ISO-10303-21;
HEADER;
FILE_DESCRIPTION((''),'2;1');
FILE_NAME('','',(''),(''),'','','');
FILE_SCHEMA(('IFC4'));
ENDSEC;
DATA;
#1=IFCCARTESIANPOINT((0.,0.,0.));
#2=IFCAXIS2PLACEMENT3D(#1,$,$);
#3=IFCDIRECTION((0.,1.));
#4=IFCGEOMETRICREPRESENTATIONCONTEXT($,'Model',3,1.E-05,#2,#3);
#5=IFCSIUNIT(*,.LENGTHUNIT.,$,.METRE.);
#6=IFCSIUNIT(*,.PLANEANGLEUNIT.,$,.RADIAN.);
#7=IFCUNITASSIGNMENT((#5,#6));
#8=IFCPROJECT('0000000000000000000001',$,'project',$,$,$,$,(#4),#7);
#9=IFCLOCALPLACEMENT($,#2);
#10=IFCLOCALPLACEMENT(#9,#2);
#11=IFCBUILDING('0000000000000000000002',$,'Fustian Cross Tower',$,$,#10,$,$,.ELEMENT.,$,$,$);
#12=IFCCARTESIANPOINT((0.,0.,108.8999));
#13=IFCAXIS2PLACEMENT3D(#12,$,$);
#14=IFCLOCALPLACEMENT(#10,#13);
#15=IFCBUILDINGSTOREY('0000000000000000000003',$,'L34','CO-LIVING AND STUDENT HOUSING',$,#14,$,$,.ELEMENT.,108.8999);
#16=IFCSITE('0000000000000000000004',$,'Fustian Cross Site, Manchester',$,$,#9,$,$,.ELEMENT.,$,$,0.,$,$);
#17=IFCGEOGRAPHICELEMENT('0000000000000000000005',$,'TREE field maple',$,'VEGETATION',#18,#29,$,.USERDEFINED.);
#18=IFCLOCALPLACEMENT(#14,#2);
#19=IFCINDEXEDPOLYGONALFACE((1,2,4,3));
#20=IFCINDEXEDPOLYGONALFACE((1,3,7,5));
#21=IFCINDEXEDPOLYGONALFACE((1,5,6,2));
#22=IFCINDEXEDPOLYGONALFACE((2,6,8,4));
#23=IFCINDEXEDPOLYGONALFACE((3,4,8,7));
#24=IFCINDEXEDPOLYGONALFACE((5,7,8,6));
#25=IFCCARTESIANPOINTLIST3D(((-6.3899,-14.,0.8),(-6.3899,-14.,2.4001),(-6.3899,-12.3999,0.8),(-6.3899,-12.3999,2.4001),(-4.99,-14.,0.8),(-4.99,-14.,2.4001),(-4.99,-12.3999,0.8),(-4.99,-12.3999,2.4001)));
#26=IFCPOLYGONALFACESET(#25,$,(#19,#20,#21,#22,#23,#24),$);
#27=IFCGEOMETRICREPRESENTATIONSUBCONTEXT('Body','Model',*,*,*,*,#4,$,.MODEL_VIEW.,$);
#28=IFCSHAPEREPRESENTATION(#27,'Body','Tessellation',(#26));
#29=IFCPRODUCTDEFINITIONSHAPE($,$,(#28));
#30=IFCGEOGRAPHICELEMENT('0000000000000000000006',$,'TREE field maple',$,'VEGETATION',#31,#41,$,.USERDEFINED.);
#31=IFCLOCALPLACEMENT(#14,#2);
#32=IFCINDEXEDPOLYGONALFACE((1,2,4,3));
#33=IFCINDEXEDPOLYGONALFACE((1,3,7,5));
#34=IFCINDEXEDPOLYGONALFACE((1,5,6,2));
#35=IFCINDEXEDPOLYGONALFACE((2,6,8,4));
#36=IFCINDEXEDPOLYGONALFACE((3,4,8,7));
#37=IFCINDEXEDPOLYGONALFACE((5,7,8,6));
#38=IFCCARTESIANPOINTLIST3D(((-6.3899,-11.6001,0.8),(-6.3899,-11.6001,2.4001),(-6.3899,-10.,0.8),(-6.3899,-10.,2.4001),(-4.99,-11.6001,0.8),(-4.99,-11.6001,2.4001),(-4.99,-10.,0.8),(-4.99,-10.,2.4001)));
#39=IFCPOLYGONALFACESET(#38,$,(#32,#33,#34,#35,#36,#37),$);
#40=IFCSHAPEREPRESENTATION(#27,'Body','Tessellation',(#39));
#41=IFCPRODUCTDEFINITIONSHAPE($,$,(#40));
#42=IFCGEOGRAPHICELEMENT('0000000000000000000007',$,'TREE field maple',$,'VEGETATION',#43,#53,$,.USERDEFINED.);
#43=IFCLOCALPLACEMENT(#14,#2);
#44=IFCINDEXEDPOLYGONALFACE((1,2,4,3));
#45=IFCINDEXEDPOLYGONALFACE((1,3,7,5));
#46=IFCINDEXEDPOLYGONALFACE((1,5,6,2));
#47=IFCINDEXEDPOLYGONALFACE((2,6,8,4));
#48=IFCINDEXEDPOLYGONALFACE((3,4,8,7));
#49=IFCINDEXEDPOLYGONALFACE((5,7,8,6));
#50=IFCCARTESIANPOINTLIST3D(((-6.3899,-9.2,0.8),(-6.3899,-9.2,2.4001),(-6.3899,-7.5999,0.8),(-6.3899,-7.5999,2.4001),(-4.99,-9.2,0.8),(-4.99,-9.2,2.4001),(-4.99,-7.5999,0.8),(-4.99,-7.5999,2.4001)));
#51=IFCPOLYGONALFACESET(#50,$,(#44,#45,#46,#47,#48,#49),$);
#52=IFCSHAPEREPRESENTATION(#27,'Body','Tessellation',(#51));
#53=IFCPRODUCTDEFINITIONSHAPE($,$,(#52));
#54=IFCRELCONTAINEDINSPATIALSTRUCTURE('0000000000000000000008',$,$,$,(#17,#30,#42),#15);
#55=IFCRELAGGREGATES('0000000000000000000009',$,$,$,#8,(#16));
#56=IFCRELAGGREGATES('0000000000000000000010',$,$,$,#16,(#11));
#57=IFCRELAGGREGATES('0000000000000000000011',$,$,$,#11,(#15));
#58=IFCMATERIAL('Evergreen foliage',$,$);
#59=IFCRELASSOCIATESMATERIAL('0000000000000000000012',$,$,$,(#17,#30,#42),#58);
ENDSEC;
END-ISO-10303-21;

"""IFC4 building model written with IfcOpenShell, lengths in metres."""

from ifc_helpers import new_model, si_unit, direction, frame, origin, origin_2d, place, context, subcontext, project, spatial, rectangle, extrude, material, element, save


model = new_model("IFC4")

# Units and contexts
model_context = context("Model", 3, precision=1e-05, world=origin(), true_north=direction((0.0, 1.0)))
body_context = subcontext(model_context, "Body", "Model", "MODEL_VIEW")
ifc_project = project(units=[si_unit("LENGTHUNIT", "METRE"), si_unit("PLANEANGLEUNIT", "RADIAN")], contexts=[model_context])

# Site, building, storey
site_placement = place(None, origin())
site = spatial("IfcSite", under=ifc_project, at=site_placement, Name="Fustian Cross Site, Manchester", CompositionType="ELEMENT", RefElevation=0.0)
building_placement = place(site_placement, origin())
building = spatial("IfcBuilding", under=site, at=building_placement, Name="Fustian Cross Tower", CompositionType="ELEMENT")
storey_placement = place(building_placement, frame((0.0, 0.0, 108.8999)))
storey = spatial("IfcBuildingStorey", under=building, at=storey_placement, Name="L34", Description="CO-LIVING AND STUDENT HOUSING", CompositionType="ELEMENT", Elevation=108.8999)

# Geographic elements
ifc_material_1 = material(Name="Evergreen foliage")
for number, where, z_axis, x_axis, name in (
    (1, (-5.6899, -13.2, 0.8), (0.0, 0.0, 1.0), (1.0, 0.0, 0.0), "TREE field maple"),
    (2, (-5.6899, -10.8, 0.8), (0.0, 0.0, 1.0), (1.0, 0.0, 0.0), "TREE field maple"),
    (3, (-5.6899, -8.3999, 0.8), (0.0, 0.0, 1.0), (1.0, 0.0, 0.0), "TREE field maple"),
):
    element("IfcGeographicElement", number, at=place(storey_placement, frame(where, z_axis=z_axis, x_axis=x_axis)), inside=storey, material=ifc_material_1, Name=name, ObjectType="VEGETATION", PredefinedType="USERDEFINED", context=body_context, shape_type="SweptSolid", body=[
        extrude(rectangle(XDim=1.3999, YDim=1.6001, at=origin_2d()), origin(), (0.0, 0.0, 1.0), 1.6001),
    ])

save(model, "model.ifc")
